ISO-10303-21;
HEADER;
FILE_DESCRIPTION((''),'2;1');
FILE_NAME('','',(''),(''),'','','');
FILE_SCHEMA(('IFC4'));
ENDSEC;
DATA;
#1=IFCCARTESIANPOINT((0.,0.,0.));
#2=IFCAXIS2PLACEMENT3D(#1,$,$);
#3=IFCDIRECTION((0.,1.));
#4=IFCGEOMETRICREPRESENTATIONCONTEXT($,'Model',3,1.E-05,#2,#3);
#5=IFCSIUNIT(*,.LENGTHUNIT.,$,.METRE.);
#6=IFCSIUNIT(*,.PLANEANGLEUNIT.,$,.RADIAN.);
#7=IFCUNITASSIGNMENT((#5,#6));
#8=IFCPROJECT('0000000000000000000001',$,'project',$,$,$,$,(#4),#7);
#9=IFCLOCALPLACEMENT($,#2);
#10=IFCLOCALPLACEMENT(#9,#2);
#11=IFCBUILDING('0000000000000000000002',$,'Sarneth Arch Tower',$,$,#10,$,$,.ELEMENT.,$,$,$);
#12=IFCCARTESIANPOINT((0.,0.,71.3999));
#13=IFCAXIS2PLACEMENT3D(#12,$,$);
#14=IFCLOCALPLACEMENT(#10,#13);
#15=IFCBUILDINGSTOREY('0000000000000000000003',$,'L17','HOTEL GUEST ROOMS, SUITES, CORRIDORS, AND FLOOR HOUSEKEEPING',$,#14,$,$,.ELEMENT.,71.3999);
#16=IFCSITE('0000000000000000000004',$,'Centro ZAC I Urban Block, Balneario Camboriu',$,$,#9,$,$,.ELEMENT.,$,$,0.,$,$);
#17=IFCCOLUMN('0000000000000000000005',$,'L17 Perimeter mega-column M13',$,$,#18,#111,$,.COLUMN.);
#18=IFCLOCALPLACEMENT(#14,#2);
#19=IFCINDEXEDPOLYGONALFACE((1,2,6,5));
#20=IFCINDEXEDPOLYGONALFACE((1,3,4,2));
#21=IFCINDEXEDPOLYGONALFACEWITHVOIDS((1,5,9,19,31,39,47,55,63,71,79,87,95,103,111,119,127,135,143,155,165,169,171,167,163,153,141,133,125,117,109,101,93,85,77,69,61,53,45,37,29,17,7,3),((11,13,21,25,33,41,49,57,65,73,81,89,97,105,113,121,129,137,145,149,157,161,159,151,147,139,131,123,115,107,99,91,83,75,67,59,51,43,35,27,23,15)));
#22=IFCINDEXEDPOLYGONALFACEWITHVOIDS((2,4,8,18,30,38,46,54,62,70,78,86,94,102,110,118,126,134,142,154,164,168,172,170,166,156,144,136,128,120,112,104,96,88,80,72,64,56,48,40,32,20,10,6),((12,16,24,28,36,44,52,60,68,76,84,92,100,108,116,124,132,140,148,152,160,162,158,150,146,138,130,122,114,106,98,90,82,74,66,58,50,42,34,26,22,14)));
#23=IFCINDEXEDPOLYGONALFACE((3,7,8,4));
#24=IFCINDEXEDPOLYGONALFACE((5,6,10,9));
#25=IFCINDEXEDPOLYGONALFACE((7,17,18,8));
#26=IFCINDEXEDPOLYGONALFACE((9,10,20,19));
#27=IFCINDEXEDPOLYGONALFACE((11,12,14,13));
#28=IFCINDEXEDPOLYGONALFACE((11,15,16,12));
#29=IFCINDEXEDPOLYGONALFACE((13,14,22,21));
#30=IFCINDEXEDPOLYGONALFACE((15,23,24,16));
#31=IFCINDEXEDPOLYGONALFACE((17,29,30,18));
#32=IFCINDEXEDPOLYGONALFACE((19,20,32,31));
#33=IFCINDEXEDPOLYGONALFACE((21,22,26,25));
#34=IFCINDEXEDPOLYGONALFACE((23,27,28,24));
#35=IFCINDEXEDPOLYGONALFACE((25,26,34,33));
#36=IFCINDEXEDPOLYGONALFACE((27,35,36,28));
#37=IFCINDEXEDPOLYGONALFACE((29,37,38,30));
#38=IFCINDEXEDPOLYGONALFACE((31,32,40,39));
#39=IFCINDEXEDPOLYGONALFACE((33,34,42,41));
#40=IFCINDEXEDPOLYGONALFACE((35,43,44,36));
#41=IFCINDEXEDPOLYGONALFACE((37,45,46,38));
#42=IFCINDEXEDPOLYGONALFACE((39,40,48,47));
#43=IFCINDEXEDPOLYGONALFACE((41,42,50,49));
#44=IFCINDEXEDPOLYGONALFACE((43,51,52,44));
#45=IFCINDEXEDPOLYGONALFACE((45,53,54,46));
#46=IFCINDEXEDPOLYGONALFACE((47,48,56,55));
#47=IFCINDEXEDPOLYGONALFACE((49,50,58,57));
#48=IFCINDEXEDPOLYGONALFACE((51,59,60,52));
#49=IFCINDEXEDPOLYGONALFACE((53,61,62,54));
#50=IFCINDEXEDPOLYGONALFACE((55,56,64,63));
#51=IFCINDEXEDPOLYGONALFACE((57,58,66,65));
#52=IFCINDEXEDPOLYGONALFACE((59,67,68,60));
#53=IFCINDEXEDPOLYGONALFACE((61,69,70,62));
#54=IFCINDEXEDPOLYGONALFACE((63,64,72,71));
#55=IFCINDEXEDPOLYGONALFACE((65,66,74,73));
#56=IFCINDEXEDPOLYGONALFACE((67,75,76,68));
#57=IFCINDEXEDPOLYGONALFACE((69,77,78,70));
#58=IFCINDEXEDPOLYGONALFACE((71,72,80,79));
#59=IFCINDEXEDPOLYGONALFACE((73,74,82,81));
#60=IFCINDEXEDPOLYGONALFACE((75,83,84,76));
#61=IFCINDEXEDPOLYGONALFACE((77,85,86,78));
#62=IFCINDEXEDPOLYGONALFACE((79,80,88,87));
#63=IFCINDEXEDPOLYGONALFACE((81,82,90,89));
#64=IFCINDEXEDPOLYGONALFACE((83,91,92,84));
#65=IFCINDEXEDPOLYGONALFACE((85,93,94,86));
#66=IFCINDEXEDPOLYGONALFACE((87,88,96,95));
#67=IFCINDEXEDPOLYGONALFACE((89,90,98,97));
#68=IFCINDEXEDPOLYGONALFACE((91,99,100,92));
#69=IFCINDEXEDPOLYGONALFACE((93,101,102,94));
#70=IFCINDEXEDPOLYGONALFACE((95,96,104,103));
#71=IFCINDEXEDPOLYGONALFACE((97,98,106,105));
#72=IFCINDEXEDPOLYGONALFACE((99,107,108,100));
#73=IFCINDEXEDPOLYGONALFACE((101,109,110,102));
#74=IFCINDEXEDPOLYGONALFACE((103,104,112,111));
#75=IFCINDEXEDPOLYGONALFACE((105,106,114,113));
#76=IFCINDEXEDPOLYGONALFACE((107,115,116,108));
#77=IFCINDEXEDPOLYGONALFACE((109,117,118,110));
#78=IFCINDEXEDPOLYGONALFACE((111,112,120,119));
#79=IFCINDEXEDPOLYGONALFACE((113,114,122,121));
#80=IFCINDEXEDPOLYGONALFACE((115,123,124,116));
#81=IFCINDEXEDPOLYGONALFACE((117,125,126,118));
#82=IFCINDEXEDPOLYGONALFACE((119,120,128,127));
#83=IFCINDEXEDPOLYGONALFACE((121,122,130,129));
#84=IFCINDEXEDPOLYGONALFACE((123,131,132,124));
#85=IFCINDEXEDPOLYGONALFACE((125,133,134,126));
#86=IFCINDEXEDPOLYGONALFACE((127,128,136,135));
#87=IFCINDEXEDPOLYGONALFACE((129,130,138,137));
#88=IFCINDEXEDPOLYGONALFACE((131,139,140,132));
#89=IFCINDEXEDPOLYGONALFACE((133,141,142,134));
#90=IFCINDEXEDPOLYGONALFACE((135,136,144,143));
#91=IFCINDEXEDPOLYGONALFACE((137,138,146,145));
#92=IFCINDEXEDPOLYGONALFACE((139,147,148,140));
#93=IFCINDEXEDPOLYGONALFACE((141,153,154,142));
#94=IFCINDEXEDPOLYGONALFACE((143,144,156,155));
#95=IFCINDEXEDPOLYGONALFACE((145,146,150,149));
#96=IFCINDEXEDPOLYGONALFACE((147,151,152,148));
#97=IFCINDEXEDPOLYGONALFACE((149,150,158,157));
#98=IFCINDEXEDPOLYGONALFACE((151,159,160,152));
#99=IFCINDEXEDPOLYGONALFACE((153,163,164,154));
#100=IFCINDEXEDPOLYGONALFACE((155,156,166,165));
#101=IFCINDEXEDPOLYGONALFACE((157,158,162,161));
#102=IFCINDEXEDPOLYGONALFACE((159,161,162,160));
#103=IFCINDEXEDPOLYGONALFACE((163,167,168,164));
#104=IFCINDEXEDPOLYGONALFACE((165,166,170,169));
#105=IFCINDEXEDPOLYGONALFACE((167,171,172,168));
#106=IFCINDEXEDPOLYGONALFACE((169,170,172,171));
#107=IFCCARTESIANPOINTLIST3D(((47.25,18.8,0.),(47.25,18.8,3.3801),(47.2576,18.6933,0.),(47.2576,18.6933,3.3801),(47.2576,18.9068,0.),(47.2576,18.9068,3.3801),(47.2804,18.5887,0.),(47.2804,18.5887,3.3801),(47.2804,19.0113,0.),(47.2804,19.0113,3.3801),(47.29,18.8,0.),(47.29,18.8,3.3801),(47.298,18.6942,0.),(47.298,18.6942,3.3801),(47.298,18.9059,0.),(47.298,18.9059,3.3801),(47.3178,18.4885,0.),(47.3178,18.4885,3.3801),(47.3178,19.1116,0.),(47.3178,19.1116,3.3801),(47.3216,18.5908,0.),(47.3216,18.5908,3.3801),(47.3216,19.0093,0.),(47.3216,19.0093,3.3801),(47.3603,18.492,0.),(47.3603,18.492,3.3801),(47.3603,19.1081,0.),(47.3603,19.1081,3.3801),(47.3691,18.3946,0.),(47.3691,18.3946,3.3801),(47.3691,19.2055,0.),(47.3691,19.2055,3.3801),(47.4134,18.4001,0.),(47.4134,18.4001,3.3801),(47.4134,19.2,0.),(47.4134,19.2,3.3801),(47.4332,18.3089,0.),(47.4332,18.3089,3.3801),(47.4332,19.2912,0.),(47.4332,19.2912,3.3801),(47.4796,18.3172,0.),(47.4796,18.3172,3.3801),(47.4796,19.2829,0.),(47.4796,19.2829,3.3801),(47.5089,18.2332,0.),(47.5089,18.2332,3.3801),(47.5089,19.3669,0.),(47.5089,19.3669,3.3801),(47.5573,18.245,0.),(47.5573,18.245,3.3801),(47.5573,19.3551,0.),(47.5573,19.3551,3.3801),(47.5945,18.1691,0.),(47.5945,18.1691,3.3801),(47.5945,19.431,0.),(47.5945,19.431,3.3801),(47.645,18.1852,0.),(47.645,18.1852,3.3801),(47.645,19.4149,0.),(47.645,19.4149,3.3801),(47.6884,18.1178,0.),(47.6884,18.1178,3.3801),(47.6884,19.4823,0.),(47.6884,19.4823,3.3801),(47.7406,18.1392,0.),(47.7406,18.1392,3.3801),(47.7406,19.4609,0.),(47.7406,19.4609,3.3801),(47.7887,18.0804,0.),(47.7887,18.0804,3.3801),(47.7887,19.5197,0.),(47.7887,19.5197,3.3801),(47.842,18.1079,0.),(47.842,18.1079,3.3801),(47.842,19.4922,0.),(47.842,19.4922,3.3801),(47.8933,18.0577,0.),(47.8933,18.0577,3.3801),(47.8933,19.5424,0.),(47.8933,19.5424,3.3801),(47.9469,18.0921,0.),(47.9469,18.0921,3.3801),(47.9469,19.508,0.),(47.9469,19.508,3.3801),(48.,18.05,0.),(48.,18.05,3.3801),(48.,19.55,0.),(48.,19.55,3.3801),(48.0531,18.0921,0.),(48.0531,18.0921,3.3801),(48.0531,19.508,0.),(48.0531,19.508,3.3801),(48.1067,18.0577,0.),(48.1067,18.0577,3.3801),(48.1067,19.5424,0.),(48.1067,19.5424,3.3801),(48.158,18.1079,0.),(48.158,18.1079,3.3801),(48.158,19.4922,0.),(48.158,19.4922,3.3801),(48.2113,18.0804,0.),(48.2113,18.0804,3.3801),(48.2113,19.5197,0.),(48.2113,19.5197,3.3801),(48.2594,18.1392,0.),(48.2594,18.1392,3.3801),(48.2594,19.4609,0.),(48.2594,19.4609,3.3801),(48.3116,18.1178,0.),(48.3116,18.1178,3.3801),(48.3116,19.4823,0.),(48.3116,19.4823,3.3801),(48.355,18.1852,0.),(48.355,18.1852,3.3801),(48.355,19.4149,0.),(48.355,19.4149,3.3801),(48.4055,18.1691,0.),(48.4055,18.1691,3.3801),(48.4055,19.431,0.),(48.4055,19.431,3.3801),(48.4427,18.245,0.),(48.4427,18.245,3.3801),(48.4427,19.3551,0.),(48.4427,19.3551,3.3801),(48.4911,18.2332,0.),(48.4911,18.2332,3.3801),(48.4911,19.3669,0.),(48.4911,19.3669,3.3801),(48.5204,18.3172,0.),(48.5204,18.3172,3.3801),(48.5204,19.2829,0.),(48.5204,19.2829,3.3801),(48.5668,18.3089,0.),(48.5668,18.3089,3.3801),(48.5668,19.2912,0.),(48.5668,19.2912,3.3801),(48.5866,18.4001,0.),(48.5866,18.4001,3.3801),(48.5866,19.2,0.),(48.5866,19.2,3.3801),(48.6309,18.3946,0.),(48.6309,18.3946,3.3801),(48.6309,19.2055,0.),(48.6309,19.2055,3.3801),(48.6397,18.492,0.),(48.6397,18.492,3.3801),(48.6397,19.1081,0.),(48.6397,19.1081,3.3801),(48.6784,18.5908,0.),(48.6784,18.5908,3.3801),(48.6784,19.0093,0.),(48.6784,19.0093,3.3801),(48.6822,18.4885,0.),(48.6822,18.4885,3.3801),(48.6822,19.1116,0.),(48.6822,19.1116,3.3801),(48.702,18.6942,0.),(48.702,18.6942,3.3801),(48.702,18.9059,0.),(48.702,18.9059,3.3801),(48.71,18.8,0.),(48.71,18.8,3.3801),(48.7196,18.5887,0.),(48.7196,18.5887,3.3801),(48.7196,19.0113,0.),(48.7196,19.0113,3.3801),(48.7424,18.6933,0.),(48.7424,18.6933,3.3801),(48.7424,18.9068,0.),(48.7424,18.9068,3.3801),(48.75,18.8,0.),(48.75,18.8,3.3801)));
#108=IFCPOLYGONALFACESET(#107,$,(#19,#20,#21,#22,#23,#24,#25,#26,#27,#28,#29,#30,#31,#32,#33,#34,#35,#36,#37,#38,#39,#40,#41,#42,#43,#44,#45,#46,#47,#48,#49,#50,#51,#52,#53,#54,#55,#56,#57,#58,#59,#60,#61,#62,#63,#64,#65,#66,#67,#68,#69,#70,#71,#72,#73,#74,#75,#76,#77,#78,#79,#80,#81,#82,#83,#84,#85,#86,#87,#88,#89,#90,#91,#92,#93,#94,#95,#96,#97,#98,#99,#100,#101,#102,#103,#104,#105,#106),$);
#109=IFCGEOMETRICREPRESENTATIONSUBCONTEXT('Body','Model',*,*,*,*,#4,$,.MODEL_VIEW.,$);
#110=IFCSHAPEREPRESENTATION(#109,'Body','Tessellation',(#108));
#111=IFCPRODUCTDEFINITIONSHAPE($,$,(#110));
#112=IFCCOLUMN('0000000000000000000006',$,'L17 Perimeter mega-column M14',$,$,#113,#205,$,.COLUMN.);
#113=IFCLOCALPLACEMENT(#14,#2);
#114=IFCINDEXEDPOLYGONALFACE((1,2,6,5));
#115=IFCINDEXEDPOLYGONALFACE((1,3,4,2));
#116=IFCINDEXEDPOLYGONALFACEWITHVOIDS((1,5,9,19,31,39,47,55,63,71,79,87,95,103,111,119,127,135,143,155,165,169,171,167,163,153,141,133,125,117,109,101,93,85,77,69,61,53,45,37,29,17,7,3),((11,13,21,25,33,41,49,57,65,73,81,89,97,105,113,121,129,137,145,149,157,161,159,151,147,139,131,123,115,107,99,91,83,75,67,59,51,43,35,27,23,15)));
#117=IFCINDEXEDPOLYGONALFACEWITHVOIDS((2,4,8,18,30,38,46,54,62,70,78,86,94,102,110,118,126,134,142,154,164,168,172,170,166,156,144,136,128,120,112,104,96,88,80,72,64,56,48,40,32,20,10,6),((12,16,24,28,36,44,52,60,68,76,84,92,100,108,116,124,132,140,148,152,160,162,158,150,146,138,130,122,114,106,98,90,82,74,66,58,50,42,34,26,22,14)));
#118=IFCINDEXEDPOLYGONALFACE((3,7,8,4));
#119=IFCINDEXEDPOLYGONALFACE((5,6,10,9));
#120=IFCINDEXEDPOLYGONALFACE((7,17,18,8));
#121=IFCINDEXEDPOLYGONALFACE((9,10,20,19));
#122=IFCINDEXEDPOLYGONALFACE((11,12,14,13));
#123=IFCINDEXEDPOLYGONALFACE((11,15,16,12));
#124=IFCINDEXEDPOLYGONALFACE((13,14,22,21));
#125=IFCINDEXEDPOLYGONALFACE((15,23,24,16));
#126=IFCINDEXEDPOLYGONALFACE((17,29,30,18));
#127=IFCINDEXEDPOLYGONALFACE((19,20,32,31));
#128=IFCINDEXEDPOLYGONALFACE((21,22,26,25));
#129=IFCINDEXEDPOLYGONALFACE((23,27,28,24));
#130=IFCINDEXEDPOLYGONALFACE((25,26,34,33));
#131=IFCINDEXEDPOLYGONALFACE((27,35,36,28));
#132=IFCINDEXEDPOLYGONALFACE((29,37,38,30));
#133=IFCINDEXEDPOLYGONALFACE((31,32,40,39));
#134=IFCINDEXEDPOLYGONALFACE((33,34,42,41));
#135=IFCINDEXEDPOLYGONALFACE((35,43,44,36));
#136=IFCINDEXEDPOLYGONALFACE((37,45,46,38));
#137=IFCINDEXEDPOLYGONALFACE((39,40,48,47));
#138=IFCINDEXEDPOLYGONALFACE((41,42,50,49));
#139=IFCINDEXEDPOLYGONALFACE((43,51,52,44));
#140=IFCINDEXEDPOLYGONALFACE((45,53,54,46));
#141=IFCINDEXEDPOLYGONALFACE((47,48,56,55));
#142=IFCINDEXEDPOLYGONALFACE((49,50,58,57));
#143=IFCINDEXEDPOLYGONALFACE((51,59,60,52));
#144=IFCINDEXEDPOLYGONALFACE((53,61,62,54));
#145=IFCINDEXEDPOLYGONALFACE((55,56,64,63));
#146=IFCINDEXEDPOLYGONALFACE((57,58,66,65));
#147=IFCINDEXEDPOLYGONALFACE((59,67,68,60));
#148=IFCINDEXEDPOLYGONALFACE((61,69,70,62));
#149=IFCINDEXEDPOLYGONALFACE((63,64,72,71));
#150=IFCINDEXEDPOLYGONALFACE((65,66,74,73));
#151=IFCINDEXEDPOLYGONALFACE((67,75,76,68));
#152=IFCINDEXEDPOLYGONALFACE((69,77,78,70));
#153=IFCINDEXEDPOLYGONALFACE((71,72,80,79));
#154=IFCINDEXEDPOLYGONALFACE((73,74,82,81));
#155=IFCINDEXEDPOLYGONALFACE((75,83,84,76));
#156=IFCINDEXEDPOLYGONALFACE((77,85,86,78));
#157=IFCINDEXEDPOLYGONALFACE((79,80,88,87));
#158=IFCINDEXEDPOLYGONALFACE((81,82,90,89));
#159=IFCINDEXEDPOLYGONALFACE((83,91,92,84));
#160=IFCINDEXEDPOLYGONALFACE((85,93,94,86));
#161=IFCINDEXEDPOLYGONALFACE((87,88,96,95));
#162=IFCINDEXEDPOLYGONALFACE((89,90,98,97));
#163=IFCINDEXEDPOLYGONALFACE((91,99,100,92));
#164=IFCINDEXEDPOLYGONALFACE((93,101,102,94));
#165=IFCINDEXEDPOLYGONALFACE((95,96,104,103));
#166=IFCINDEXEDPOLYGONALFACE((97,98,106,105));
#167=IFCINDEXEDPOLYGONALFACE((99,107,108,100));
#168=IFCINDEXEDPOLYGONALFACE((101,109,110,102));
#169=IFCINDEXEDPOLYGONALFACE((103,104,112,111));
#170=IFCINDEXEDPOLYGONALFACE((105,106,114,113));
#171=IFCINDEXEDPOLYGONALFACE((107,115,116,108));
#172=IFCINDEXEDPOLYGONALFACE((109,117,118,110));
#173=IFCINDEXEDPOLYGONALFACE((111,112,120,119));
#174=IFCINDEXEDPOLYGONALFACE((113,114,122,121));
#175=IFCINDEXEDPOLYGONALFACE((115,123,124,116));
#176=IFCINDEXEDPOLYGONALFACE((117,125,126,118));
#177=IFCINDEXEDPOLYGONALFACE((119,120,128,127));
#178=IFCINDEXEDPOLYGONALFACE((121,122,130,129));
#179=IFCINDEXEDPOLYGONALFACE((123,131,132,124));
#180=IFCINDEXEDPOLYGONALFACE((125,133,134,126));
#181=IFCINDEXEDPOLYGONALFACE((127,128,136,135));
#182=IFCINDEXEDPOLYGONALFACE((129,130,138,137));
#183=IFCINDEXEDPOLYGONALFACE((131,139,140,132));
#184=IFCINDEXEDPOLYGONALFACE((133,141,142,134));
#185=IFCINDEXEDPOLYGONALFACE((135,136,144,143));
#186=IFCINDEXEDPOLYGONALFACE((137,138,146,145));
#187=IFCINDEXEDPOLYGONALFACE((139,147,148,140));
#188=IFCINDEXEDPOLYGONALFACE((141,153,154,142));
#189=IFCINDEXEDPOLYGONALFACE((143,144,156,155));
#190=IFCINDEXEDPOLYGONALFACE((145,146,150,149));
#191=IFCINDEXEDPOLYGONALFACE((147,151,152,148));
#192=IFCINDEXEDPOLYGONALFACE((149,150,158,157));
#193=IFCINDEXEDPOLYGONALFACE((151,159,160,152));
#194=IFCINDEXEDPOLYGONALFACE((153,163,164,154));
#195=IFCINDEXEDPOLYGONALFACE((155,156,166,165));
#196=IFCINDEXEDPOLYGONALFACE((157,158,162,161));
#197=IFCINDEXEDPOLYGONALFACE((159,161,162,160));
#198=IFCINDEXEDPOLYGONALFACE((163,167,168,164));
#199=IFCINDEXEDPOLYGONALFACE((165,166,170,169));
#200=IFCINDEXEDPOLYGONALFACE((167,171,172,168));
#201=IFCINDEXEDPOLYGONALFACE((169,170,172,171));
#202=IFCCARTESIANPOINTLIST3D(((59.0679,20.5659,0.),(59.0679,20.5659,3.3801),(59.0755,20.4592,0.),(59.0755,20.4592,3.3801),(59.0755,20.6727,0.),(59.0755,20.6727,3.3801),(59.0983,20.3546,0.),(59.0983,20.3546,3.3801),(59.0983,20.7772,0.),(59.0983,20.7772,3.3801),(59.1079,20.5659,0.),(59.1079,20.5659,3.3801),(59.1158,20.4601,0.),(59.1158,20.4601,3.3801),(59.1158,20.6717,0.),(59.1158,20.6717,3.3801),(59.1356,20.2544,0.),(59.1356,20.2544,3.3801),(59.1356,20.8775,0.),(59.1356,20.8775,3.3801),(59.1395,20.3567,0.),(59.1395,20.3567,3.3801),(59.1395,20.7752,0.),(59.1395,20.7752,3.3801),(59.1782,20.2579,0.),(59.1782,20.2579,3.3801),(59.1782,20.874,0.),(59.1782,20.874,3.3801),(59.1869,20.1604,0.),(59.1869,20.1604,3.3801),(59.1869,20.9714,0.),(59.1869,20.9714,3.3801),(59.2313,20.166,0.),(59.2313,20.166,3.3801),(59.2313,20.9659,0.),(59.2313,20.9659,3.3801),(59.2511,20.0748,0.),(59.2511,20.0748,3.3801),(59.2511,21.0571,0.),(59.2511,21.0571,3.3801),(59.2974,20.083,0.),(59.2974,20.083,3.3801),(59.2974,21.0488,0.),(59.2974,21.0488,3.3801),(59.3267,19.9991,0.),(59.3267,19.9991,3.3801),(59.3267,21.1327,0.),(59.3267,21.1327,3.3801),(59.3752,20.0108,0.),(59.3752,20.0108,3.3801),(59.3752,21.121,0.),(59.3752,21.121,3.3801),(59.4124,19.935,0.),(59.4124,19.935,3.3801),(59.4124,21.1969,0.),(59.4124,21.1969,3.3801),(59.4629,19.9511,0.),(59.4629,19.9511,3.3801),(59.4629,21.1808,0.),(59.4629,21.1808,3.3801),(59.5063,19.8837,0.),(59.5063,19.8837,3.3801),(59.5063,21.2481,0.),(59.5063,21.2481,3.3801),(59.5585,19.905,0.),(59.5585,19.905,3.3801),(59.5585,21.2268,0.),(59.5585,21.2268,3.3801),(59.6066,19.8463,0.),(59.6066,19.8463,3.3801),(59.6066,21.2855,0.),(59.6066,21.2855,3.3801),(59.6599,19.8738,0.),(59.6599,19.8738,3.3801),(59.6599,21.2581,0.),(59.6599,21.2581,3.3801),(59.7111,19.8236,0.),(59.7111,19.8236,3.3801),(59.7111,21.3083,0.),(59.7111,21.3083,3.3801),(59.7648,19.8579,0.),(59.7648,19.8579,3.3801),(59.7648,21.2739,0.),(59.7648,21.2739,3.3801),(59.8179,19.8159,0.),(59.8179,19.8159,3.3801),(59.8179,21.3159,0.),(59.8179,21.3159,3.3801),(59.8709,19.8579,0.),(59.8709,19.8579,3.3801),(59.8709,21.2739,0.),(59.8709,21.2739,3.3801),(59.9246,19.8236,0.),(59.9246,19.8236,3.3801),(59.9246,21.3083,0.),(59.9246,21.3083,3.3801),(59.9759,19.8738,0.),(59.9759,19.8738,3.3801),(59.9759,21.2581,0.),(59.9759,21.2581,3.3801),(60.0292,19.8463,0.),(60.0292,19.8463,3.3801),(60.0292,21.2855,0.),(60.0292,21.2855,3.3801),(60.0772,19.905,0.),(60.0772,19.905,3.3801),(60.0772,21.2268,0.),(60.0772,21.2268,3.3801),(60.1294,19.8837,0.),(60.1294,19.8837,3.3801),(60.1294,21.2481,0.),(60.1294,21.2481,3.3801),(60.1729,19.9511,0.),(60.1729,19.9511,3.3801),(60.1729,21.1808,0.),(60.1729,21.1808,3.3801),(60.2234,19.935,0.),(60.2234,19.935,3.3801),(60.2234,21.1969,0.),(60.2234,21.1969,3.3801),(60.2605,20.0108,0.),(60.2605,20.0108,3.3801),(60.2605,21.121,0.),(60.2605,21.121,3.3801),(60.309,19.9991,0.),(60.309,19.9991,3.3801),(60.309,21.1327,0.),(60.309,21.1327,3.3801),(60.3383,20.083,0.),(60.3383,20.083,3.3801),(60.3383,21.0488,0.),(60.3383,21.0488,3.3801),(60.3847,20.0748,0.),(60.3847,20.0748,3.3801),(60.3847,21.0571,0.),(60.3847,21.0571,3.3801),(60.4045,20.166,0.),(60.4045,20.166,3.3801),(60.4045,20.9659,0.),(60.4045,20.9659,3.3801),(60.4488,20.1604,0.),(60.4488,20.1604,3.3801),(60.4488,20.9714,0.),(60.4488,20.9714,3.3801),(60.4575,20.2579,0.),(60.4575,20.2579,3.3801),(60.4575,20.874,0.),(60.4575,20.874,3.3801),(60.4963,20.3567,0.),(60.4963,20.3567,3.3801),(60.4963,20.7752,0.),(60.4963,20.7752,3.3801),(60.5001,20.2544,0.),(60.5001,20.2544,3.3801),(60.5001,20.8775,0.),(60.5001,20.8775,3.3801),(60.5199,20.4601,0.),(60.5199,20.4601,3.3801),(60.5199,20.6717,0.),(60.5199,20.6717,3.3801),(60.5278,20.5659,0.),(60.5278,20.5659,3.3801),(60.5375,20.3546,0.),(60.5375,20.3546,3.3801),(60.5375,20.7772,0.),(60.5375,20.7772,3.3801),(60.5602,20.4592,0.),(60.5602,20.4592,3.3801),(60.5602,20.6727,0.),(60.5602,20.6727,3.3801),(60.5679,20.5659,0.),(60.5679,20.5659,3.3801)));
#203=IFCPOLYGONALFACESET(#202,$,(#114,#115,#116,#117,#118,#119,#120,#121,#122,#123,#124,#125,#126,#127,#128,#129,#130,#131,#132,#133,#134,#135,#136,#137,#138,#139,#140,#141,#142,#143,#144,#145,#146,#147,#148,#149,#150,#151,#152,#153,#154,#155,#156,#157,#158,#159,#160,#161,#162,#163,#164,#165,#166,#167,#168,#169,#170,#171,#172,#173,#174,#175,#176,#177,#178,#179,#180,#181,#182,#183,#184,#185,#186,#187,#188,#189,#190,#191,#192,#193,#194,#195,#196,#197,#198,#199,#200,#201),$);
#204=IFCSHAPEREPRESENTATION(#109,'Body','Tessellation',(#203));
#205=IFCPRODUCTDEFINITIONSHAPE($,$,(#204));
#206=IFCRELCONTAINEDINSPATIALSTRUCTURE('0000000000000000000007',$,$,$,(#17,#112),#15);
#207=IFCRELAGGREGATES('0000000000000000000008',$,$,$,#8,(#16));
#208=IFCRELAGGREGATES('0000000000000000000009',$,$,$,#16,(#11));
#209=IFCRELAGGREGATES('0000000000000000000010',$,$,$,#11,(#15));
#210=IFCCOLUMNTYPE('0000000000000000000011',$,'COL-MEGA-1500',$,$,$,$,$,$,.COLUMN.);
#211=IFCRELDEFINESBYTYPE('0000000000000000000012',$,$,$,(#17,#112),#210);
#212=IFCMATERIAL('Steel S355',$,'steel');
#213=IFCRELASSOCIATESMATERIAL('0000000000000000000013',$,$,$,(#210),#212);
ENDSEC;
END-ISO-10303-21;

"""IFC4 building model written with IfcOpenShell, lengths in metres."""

from ifc_helpers import new_model, si_unit, direction, frame, origin, origin_2d, place, context, subcontext, project, spatial, hollow_circle, extrude, material, material_profile, profile_set, type_object, element, save


model = new_model("IFC4")

# Units and contexts
model_context = context("Model", 3, precision=1e-05, world=origin(), true_north=direction((0.0, 1.0)))
body_context = subcontext(model_context, "Body", "Model", "MODEL_VIEW")
ifc_project = project(units=[si_unit("LENGTHUNIT", "METRE"), si_unit("PLANEANGLEUNIT", "RADIAN")], contexts=[model_context])

# Site, building, storey
site_placement = place(None, origin())
site = spatial("IfcSite", under=ifc_project, at=site_placement, Name="Centro ZAC I Urban Block, Balneario Camboriu", CompositionType="ELEMENT", RefElevation=0.0)
building_placement = place(site_placement, origin())
building = spatial("IfcBuilding", under=site, at=building_placement, Name="Sarneth Arch Tower", CompositionType="ELEMENT")
storey_placement = place(building_placement, frame((0.0, 0.0, 71.3999)))
storey = spatial("IfcBuildingStorey", under=building, at=storey_placement, Name="L17", Description="HOTEL GUEST ROOMS, SUITES, CORRIDORS, AND FLOOR HOUSEKEEPING", CompositionType="ELEMENT", Elevation=71.3999)

# Columns
ifc_material_1 = material(Name="Steel S355", Category="steel")
ifc_material_profile_1 = material_profile(ifc_material_1, hollow_circle(Radius=0.75, WallThickness=0.04, at=origin_2d()), Name="CHS1500x40")
ifc_profile_set_1 = profile_set([ifc_material_profile_1], Name="Steel S355")
column_type = type_object("IfcColumnType", Name="COL-MEGA-1500", PredefinedType="COLUMN", material=ifc_profile_set_1)
for number, where, z_axis, x_axis, name in (
    (1, (48.0, 18.8, 0.0), (0.0, 0.0, 1.0), (1.0, 0.0, 0.0), "L17 Perimeter mega-column M13"),
    (2, (59.8179, 20.5659, 0.0), (0.0, 0.0, 1.0), (1.0, 0.0, 0.0), "L17 Perimeter mega-column M14"),
):
    element("IfcColumn", number, at=place(storey_placement, frame(where, z_axis=z_axis, x_axis=x_axis)), inside=storey, type_object=column_type, Name=name, PredefinedType="COLUMN", context=body_context, shape_type="SweptSolid", body=[
        extrude(hollow_circle(Radius=0.75, WallThickness=0.04, at=origin_2d()), origin(), (0.0, 0.0, 1.0), 3.3801),
    ])

save(model, "model.ifc")
